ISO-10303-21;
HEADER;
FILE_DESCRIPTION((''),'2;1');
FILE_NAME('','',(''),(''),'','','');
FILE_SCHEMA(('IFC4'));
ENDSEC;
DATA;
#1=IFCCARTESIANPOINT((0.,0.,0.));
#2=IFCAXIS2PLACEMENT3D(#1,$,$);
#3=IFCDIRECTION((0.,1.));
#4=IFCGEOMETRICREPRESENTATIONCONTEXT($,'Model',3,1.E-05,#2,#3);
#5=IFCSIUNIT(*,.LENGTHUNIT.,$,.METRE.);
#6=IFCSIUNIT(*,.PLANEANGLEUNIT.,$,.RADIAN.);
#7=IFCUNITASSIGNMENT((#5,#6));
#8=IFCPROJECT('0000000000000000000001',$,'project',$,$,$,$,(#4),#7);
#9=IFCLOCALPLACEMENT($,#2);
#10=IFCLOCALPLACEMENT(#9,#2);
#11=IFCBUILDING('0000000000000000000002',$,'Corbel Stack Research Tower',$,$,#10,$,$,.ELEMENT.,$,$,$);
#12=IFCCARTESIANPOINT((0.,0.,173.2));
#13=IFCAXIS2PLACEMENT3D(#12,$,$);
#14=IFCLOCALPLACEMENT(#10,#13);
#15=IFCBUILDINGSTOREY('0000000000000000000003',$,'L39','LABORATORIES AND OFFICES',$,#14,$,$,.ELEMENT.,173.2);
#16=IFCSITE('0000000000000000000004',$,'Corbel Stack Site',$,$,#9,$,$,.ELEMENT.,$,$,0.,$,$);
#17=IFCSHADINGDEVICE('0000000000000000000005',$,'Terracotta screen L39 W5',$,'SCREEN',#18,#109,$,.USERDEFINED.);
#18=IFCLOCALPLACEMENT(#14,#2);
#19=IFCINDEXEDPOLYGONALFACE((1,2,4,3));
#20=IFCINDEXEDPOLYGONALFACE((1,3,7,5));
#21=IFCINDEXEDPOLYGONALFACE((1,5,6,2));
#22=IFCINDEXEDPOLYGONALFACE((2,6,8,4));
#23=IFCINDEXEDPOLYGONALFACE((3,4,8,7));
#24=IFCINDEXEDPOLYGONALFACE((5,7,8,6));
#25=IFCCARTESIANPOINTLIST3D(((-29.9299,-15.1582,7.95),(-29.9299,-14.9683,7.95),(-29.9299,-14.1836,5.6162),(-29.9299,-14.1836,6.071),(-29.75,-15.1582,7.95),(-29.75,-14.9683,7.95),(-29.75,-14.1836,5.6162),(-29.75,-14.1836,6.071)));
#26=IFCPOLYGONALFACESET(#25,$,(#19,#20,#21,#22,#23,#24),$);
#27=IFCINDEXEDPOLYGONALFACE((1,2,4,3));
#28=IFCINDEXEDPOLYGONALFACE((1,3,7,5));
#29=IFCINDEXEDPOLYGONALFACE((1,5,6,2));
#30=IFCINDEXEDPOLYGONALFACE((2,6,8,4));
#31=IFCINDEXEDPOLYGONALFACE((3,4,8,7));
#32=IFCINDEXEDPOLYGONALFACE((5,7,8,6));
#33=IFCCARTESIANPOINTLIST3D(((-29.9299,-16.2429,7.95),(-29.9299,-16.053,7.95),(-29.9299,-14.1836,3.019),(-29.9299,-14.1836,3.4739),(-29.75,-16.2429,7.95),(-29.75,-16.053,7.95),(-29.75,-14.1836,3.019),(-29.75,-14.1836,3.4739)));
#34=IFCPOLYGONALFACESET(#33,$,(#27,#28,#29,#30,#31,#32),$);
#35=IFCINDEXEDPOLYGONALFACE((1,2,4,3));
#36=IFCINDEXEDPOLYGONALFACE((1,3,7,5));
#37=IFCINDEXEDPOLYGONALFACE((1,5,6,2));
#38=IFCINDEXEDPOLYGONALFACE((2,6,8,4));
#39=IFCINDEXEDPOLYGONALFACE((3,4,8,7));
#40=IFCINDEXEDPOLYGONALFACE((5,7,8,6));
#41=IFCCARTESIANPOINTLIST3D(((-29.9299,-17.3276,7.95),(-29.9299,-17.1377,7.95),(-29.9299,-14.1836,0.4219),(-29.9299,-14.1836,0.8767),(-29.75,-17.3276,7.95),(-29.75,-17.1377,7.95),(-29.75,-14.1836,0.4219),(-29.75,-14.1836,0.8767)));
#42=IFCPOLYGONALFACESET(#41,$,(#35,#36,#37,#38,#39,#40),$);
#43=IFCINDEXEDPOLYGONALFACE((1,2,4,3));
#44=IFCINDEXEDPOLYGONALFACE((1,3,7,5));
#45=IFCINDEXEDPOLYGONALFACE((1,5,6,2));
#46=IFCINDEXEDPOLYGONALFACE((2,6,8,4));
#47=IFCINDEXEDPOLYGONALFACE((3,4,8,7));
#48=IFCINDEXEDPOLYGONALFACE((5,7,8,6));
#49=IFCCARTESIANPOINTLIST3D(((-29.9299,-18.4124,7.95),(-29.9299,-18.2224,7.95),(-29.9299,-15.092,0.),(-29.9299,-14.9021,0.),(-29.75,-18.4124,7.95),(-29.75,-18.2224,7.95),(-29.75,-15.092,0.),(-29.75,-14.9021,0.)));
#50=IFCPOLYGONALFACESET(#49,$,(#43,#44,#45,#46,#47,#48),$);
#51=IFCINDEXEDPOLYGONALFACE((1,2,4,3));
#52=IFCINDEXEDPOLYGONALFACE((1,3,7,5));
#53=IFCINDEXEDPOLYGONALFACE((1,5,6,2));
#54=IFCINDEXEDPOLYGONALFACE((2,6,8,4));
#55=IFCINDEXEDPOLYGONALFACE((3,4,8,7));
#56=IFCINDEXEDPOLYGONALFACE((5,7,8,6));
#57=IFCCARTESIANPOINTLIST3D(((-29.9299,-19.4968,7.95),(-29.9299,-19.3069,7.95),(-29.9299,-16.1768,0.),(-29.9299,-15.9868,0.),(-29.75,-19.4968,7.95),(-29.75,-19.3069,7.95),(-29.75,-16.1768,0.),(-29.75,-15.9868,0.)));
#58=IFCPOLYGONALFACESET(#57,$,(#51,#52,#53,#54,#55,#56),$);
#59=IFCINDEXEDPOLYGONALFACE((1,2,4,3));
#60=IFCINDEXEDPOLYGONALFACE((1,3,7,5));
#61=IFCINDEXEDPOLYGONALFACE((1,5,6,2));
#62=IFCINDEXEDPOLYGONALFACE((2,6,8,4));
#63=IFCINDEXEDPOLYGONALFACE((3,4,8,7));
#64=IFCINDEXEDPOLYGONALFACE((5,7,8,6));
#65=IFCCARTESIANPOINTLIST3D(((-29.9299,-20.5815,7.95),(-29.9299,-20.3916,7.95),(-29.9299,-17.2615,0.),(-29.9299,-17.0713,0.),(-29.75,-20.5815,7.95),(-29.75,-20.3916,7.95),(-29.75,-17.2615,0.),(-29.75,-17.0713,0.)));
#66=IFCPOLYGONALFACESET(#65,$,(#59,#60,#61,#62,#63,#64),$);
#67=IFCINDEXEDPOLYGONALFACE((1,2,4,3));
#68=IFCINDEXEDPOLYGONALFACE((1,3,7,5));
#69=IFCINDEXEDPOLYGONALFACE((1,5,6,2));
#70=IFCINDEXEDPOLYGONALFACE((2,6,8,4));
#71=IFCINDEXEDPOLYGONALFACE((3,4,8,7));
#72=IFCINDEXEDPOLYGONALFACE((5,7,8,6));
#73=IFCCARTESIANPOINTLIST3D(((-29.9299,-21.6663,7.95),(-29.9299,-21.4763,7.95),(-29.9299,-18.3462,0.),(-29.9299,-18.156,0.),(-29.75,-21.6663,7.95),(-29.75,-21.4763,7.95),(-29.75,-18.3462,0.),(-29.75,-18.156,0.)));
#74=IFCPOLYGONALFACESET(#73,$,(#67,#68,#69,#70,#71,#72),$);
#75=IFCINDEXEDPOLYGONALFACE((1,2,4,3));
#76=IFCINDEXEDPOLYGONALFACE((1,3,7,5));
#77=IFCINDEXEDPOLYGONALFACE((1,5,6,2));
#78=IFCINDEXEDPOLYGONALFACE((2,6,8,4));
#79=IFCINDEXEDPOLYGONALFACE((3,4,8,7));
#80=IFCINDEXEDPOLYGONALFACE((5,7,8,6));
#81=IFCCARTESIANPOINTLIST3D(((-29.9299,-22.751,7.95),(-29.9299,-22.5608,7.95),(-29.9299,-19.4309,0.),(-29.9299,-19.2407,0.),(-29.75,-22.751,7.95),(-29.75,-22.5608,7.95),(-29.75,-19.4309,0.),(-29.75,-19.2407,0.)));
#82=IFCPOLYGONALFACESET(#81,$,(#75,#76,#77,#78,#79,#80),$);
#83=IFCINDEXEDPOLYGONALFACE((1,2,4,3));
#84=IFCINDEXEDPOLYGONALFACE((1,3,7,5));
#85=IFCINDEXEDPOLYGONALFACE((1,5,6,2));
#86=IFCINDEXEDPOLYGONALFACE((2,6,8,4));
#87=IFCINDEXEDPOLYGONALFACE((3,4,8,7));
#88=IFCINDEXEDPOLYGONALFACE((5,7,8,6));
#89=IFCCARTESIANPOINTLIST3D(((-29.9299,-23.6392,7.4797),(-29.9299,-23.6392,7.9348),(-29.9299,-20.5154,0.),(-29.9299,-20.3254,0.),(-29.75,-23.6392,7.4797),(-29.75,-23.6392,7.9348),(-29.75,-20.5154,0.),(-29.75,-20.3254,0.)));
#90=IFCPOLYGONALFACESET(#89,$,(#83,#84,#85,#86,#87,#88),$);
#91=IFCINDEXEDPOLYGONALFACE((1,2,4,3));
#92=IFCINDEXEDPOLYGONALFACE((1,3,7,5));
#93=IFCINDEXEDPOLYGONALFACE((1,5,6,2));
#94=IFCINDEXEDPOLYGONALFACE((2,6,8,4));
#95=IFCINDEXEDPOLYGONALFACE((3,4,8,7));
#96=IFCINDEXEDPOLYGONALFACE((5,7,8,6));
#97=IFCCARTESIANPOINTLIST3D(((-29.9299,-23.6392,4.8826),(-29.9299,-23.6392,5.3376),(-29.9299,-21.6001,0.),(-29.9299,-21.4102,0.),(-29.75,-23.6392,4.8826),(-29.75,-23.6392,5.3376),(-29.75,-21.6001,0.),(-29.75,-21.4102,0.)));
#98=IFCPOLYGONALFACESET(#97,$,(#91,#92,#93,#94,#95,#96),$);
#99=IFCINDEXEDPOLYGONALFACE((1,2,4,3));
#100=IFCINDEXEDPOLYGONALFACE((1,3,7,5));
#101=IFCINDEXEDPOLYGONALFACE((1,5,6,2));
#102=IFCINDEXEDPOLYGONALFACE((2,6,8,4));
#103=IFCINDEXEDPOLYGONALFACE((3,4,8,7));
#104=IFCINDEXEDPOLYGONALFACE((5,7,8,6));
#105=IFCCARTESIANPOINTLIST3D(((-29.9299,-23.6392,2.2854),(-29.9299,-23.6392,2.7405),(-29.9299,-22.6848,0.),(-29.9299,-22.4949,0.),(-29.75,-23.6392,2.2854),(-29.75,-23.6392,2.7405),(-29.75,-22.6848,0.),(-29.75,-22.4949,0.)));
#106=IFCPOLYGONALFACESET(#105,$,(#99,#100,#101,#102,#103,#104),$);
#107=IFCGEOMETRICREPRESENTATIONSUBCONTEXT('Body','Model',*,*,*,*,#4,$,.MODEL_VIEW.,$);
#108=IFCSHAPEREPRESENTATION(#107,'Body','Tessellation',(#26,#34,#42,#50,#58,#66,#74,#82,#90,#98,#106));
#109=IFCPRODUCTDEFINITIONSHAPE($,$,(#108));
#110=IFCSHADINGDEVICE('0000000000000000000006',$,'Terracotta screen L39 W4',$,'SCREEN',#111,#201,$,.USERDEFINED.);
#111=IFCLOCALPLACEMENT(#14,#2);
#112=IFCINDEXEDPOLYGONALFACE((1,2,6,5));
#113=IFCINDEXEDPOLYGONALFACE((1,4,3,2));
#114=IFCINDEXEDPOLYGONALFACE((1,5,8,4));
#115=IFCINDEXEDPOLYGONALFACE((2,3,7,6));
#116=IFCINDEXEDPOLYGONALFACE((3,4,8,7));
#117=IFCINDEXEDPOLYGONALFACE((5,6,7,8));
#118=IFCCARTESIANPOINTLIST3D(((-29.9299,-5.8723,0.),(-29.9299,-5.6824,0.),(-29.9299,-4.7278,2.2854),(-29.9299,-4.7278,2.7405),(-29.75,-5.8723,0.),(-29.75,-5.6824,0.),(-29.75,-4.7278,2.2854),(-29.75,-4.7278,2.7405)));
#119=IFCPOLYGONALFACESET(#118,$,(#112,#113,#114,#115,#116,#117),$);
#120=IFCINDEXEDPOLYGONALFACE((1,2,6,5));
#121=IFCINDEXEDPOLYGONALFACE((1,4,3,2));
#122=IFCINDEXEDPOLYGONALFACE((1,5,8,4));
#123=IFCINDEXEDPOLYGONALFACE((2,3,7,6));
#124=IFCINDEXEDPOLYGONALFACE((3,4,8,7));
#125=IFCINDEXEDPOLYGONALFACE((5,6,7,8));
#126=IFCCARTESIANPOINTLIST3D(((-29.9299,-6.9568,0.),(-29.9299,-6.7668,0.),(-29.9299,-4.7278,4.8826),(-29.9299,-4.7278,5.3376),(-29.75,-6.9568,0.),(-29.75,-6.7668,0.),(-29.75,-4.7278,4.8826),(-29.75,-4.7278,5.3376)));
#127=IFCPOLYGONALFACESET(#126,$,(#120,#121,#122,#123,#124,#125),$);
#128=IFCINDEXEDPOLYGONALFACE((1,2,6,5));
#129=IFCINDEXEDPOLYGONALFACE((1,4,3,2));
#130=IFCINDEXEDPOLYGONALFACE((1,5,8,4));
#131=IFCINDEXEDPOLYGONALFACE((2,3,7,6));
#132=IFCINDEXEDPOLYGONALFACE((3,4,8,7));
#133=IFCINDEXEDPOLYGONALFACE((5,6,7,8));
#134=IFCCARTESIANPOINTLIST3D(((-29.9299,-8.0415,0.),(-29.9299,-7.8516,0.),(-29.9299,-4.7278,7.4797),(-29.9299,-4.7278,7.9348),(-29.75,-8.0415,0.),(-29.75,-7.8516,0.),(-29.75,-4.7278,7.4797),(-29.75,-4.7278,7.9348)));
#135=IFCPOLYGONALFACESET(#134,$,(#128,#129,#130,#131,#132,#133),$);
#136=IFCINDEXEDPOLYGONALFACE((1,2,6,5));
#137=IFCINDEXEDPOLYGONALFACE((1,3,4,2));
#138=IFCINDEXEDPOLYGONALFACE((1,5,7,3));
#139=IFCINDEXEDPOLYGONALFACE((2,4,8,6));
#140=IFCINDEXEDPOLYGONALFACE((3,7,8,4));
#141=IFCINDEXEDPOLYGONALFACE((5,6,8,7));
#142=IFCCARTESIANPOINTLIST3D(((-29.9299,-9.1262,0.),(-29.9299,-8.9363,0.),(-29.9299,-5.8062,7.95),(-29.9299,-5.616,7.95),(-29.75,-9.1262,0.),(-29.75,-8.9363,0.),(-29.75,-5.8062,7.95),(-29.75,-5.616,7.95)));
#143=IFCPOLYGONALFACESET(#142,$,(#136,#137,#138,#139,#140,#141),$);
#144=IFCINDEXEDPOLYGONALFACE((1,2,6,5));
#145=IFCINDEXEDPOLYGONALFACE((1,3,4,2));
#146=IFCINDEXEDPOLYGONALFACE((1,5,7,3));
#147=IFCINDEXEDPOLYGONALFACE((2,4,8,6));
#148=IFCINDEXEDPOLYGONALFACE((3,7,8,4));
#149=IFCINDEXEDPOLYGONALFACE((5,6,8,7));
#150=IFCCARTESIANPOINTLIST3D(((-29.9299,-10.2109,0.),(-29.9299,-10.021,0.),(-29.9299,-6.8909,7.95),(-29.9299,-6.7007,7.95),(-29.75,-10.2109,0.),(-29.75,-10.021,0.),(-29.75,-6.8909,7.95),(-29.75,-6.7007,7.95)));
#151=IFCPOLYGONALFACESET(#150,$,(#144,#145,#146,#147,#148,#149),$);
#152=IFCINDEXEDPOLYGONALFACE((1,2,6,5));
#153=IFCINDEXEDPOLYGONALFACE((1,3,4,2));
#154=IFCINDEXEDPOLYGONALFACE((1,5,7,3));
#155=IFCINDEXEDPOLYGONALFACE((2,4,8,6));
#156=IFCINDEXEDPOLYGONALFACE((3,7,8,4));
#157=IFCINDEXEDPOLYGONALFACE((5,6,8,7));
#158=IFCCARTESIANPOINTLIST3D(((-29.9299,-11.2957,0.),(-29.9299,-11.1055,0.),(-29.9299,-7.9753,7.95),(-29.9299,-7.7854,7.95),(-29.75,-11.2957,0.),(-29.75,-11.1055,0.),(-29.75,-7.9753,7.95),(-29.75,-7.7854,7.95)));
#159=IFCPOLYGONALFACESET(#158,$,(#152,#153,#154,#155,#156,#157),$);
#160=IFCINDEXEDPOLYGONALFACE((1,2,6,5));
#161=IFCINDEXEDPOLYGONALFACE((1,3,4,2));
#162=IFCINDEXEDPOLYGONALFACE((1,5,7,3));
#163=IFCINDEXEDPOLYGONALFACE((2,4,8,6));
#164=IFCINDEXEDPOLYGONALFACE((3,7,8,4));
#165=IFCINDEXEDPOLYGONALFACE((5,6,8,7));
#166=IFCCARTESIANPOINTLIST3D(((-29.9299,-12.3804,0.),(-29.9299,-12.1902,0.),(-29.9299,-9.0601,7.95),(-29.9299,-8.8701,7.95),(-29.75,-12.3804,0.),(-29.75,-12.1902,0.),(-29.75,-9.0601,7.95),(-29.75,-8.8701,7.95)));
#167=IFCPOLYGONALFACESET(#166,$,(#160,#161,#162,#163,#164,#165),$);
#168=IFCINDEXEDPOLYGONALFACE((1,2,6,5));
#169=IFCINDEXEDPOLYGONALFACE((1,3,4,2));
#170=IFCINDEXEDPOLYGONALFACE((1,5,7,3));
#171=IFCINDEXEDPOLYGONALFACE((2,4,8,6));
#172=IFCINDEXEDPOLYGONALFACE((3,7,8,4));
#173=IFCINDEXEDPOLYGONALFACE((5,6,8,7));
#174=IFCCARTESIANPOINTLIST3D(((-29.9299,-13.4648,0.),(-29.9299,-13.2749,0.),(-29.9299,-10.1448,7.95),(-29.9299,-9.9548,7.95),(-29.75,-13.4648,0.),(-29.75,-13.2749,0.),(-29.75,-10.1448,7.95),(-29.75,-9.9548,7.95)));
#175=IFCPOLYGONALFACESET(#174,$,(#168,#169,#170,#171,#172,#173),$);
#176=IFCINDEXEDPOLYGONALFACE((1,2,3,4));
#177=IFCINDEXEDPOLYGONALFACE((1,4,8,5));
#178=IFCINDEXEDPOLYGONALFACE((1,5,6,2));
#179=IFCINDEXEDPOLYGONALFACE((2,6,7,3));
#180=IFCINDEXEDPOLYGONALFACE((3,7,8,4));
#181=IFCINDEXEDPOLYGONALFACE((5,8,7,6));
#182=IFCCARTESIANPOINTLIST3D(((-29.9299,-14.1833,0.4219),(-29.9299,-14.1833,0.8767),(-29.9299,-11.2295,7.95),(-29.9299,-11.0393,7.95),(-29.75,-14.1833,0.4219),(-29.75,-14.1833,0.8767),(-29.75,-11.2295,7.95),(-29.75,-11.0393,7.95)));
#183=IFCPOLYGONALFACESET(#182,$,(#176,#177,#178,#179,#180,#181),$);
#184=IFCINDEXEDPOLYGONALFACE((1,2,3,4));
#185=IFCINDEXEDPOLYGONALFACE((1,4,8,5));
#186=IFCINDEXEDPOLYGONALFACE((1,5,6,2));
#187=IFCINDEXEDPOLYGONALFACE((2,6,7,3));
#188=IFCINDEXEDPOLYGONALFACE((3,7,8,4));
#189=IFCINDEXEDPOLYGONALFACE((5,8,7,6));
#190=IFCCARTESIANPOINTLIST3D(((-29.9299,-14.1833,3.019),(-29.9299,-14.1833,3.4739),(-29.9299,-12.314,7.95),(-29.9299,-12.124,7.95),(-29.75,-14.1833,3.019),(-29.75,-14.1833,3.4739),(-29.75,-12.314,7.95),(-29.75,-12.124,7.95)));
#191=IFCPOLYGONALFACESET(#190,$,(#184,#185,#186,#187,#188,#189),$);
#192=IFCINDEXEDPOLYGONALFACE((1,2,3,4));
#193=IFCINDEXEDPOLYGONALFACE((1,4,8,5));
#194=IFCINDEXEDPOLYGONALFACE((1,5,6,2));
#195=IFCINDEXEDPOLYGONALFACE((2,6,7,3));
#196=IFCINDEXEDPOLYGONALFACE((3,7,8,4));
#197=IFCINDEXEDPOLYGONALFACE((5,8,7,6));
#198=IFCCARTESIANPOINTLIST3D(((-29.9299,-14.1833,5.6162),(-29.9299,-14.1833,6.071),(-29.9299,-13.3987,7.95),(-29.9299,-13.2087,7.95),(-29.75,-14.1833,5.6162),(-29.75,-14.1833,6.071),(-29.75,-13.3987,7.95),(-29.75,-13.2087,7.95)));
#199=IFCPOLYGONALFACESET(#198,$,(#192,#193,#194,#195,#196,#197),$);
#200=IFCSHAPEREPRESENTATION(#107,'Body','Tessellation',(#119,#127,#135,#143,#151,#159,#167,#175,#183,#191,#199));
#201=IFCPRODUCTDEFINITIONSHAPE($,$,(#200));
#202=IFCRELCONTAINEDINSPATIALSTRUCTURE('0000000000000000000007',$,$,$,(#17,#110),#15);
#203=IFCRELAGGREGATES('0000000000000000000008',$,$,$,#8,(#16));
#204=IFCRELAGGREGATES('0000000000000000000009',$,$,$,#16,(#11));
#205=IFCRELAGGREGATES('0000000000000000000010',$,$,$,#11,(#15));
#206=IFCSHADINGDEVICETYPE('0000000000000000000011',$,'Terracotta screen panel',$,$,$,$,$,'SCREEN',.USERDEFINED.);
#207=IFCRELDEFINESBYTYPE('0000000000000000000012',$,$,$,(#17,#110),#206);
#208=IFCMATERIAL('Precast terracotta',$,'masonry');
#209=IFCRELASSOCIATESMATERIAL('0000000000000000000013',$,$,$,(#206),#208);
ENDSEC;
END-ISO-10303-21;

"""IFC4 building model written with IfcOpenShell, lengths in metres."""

from ifc_helpers import new_model, si_unit, direction, frame, origin, place, context, subcontext, project, spatial, polyline, outline, extrude, source, transform, mapped, material, type_object, element, save


model = new_model("IFC4")

# Units and contexts
model_context = context("Model", 3, precision=1e-05, world=origin(), true_north=direction((0.0, 1.0)))
body_context = subcontext(model_context, "Body", "Model", "MODEL_VIEW")
ifc_project = project(units=[si_unit("LENGTHUNIT", "METRE"), si_unit("PLANEANGLEUNIT", "RADIAN")], contexts=[model_context])

# Site, building, storey
site_placement = place(None, origin())
site = spatial("IfcSite", under=ifc_project, at=site_placement, Name="Corbel Stack Site", CompositionType="ELEMENT", RefElevation=0.0)
building_placement = place(site_placement, origin())
building = spatial("IfcBuilding", under=site, at=building_placement, Name="Corbel Stack Research Tower", CompositionType="ELEMENT")
storey_placement = place(building_placement, frame((0.0, 0.0, 173.2)))
storey = spatial("IfcBuildingStorey", under=building, at=storey_placement, Name="L39", Description="LABORATORIES AND OFFICES", CompositionType="ELEMENT", Elevation=173.2)

# Shading devices
ifc_material_1 = material(Name="Precast terracotta", Category="masonry")
shading_device_type = type_object("IfcShadingDeviceType", Name="Terracotta screen panel", ElementType="SCREEN", PredefinedType="USERDEFINED", material=ifc_material_1)
shared_shape_1 = source(origin(), body_context, "Body", "SweptSolid", [
    extrude(outline(polyline([(0.9746, 7.95), (0.7847, 7.95), (0.0, 6.071), (0.0, 5.6162), (0.9746, 7.95)])), frame((0.0, 0.0, 0.0), z_axis=(0.0, -1.0, 0.0), x_axis=(1.0, 0.0, 0.0)), (0.0, 0.0, 1.0), 0.1799),
    extrude(outline(polyline([(2.0593, 7.95), (1.8694, 7.95), (0.0, 3.4739), (0.0, 3.019), (2.0593, 7.95)])), frame((0.0, 0.0, 0.0), z_axis=(0.0, -1.0, 0.0), x_axis=(1.0, 0.0, 0.0)), (0.0, 0.0, 1.0), 0.1799),
    extrude(outline(polyline([(3.144, 7.95), (2.9541, 7.95), (0.0, 0.8767), (0.0, 0.4219), (3.144, 7.95)])), frame((0.0, 0.0, 0.0), z_axis=(0.0, -1.0, 0.0), x_axis=(1.0, 0.0, 0.0)), (0.0, 0.0, 1.0), 0.1799),
    extrude(outline(polyline([(0.9084, 0.0), (4.2288, 7.95), (4.0388, 7.95), (0.7185, 0.0), (0.9084, 0.0)])), frame((0.0, 0.0, 0.0), z_axis=(0.0, -1.0, 0.0), x_axis=(1.0, 0.0, 0.0)), (0.0, 0.0, 1.0), 0.1799),
    extrude(outline(polyline([(1.9932, 0.0), (5.3132, 7.95), (5.1233, 7.95), (1.8032, 0.0), (1.9932, 0.0)])), frame((0.0, 0.0, 0.0), z_axis=(0.0, -1.0, 0.0), x_axis=(1.0, 0.0, 0.0)), (0.0, 0.0, 1.0), 0.1799),
    extrude(outline(polyline([(3.0779, 0.0), (6.3979, 7.95), (6.208, 7.95), (2.8877, 0.0), (3.0779, 0.0)])), frame((0.0, 0.0, 0.0), z_axis=(0.0, -1.0, 0.0), x_axis=(1.0, 0.0, 0.0)), (0.0, 0.0, 1.0), 0.1799),
    extrude(outline(polyline([(4.1626, 0.0), (7.4827, 7.95), (7.2927, 7.95), (3.9724, 0.0), (4.1626, 0.0)])), frame((0.0, 0.0, 0.0), z_axis=(0.0, -1.0, 0.0), x_axis=(1.0, 0.0, 0.0)), (0.0, 0.0, 1.0), 0.1799),
    extrude(outline(polyline([(5.2473, 0.0), (8.5674, 7.95), (8.3772, 7.95), (5.0571, 0.0), (5.2473, 0.0)])), frame((0.0, 0.0, 0.0), z_axis=(0.0, -1.0, 0.0), x_axis=(1.0, 0.0, 0.0)), (0.0, 0.0, 1.0), 0.1799),
    extrude(outline(polyline([(6.3318, 0.0), (9.4556, 7.4797), (9.4556, 7.9348), (6.1418, 0.0), (6.3318, 0.0)])), frame((0.0, 0.0, 0.0), z_axis=(0.0, -1.0, 0.0), x_axis=(1.0, 0.0, 0.0)), (0.0, 0.0, 1.0), 0.1799),
    extrude(outline(polyline([(7.4165, 0.0), (9.4556, 4.8826), (9.4556, 5.3376), (7.2266, 0.0), (7.4165, 0.0)])), frame((0.0, 0.0, 0.0), z_axis=(0.0, -1.0, 0.0), x_axis=(1.0, 0.0, 0.0)), (0.0, 0.0, 1.0), 0.1799),
    extrude(outline(polyline([(8.5012, 0.0), (9.4556, 2.2854), (9.4556, 2.7405), (8.3113, 0.0), (8.5012, 0.0)])), frame((0.0, 0.0, 0.0), z_axis=(0.0, -1.0, 0.0), x_axis=(1.0, 0.0, 0.0)), (0.0, 0.0, 1.0), 0.1799),
])
shading_device_1_placement = place(storey_placement, frame((-29.75, -14.1836, 0.0), z_axis=(0.0, 0.0, 1.0), x_axis=(0.0, -1.0, 0.0)))
element("IfcShadingDevice", 1, at=shading_device_1_placement, inside=storey, type_object=shading_device_type, Name="Terracotta screen L39 W5", ObjectType="SCREEN", PredefinedType="USERDEFINED", context=body_context, shape_type="MappedRepresentation", body=[
    mapped(shared_shape_1, transform((0.0, 0.0, 0.0))),
])
shared_shape_2 = source(origin(), body_context, "Body", "SweptSolid", [
    extrude(outline(polyline([(1.1445, 0.0), (0.0, 2.7405), (0.0, 2.2854), (0.9546, 0.0), (1.1445, 0.0)])), frame((0.0, 0.0, 0.0), z_axis=(0.0, -1.0, 0.0), x_axis=(1.0, 0.0, 0.0)), (0.0, 0.0, 1.0), 0.1799),
    extrude(outline(polyline([(2.229, 0.0), (0.0, 5.3376), (0.0, 4.8826), (2.0391, 0.0), (2.229, 0.0)])), frame((0.0, 0.0, 0.0), z_axis=(0.0, -1.0, 0.0), x_axis=(1.0, 0.0, 0.0)), (0.0, 0.0, 1.0), 0.1799),
    extrude(outline(polyline([(3.3137, 0.0), (0.0, 7.9348), (0.0, 7.4797), (3.1238, 0.0), (3.3137, 0.0)])), frame((0.0, 0.0, 0.0), z_axis=(0.0, -1.0, 0.0), x_axis=(1.0, 0.0, 0.0)), (0.0, 0.0, 1.0), 0.1799),
    extrude(outline(polyline([(4.3984, 0.0), (1.0784, 7.95), (0.8882, 7.95), (4.2085, 0.0), (4.3984, 0.0)])), frame((0.0, 0.0, 0.0), z_axis=(0.0, -1.0, 0.0), x_axis=(1.0, 0.0, 0.0)), (0.0, 0.0, 1.0), 0.1799),
    extrude(outline(polyline([(5.4832, 0.0), (2.1631, 7.95), (1.9729, 7.95), (5.2932, 0.0), (5.4832, 0.0)])), frame((0.0, 0.0, 0.0), z_axis=(0.0, -1.0, 0.0), x_axis=(1.0, 0.0, 0.0)), (0.0, 0.0, 1.0), 0.1799),
    extrude(outline(polyline([(6.5679, 0.0), (3.2476, 7.95), (3.0576, 7.95), (6.3777, 0.0), (6.5679, 0.0)])), frame((0.0, 0.0, 0.0), z_axis=(0.0, -1.0, 0.0), x_axis=(1.0, 0.0, 0.0)), (0.0, 0.0, 1.0), 0.1799),
    extrude(outline(polyline([(7.6526, 0.0), (4.3323, 7.95), (4.1423, 7.95), (7.4624, 0.0), (7.6526, 0.0)])), frame((0.0, 0.0, 0.0), z_axis=(0.0, -1.0, 0.0), x_axis=(1.0, 0.0, 0.0)), (0.0, 0.0, 1.0), 0.1799),
    extrude(outline(polyline([(8.7371, 0.0), (5.417, 7.95), (5.2271, 7.95), (8.5471, 0.0), (8.7371, 0.0)])), frame((0.0, 0.0, 0.0), z_axis=(0.0, -1.0, 0.0), x_axis=(1.0, 0.0, 0.0)), (0.0, 0.0, 1.0), 0.1799),
    extrude(outline(polyline([(6.5017, 7.95), (6.3115, 7.95), (9.4556, 0.4219), (9.4556, 0.8767), (6.5017, 7.95)])), frame((0.0, 0.0, 0.0), z_axis=(0.0, -1.0, 0.0), x_axis=(1.0, 0.0, 0.0)), (0.0, 0.0, 1.0), 0.1799),
    extrude(outline(polyline([(7.5862, 7.95), (7.3962, 7.95), (9.4556, 3.019), (9.4556, 3.4739), (7.5862, 7.95)])), frame((0.0, 0.0, 0.0), z_axis=(0.0, -1.0, 0.0), x_axis=(1.0, 0.0, 0.0)), (0.0, 0.0, 1.0), 0.1799),
    extrude(outline(polyline([(8.6709, 7.95), (8.481, 7.95), (9.4556, 5.6162), (9.4556, 6.071), (8.6709, 7.95)])), frame((0.0, 0.0, 0.0), z_axis=(0.0, -1.0, 0.0), x_axis=(1.0, 0.0, 0.0)), (0.0, 0.0, 1.0), 0.1799),
])
shading_device_2_placement = place(storey_placement, frame((-29.75, -4.7278, 0.0), z_axis=(0.0, 0.0, 1.0), x_axis=(0.0, -1.0, 0.0)))
element("IfcShadingDevice", 2, at=shading_device_2_placement, inside=storey, type_object=shading_device_type, Name="Terracotta screen L39 W4", ObjectType="SCREEN", PredefinedType="USERDEFINED", context=body_context, shape_type="MappedRepresentation", body=[
    mapped(shared_shape_2, transform((0.0, 0.0, 0.0))),
])

save(model, "model.ifc")
